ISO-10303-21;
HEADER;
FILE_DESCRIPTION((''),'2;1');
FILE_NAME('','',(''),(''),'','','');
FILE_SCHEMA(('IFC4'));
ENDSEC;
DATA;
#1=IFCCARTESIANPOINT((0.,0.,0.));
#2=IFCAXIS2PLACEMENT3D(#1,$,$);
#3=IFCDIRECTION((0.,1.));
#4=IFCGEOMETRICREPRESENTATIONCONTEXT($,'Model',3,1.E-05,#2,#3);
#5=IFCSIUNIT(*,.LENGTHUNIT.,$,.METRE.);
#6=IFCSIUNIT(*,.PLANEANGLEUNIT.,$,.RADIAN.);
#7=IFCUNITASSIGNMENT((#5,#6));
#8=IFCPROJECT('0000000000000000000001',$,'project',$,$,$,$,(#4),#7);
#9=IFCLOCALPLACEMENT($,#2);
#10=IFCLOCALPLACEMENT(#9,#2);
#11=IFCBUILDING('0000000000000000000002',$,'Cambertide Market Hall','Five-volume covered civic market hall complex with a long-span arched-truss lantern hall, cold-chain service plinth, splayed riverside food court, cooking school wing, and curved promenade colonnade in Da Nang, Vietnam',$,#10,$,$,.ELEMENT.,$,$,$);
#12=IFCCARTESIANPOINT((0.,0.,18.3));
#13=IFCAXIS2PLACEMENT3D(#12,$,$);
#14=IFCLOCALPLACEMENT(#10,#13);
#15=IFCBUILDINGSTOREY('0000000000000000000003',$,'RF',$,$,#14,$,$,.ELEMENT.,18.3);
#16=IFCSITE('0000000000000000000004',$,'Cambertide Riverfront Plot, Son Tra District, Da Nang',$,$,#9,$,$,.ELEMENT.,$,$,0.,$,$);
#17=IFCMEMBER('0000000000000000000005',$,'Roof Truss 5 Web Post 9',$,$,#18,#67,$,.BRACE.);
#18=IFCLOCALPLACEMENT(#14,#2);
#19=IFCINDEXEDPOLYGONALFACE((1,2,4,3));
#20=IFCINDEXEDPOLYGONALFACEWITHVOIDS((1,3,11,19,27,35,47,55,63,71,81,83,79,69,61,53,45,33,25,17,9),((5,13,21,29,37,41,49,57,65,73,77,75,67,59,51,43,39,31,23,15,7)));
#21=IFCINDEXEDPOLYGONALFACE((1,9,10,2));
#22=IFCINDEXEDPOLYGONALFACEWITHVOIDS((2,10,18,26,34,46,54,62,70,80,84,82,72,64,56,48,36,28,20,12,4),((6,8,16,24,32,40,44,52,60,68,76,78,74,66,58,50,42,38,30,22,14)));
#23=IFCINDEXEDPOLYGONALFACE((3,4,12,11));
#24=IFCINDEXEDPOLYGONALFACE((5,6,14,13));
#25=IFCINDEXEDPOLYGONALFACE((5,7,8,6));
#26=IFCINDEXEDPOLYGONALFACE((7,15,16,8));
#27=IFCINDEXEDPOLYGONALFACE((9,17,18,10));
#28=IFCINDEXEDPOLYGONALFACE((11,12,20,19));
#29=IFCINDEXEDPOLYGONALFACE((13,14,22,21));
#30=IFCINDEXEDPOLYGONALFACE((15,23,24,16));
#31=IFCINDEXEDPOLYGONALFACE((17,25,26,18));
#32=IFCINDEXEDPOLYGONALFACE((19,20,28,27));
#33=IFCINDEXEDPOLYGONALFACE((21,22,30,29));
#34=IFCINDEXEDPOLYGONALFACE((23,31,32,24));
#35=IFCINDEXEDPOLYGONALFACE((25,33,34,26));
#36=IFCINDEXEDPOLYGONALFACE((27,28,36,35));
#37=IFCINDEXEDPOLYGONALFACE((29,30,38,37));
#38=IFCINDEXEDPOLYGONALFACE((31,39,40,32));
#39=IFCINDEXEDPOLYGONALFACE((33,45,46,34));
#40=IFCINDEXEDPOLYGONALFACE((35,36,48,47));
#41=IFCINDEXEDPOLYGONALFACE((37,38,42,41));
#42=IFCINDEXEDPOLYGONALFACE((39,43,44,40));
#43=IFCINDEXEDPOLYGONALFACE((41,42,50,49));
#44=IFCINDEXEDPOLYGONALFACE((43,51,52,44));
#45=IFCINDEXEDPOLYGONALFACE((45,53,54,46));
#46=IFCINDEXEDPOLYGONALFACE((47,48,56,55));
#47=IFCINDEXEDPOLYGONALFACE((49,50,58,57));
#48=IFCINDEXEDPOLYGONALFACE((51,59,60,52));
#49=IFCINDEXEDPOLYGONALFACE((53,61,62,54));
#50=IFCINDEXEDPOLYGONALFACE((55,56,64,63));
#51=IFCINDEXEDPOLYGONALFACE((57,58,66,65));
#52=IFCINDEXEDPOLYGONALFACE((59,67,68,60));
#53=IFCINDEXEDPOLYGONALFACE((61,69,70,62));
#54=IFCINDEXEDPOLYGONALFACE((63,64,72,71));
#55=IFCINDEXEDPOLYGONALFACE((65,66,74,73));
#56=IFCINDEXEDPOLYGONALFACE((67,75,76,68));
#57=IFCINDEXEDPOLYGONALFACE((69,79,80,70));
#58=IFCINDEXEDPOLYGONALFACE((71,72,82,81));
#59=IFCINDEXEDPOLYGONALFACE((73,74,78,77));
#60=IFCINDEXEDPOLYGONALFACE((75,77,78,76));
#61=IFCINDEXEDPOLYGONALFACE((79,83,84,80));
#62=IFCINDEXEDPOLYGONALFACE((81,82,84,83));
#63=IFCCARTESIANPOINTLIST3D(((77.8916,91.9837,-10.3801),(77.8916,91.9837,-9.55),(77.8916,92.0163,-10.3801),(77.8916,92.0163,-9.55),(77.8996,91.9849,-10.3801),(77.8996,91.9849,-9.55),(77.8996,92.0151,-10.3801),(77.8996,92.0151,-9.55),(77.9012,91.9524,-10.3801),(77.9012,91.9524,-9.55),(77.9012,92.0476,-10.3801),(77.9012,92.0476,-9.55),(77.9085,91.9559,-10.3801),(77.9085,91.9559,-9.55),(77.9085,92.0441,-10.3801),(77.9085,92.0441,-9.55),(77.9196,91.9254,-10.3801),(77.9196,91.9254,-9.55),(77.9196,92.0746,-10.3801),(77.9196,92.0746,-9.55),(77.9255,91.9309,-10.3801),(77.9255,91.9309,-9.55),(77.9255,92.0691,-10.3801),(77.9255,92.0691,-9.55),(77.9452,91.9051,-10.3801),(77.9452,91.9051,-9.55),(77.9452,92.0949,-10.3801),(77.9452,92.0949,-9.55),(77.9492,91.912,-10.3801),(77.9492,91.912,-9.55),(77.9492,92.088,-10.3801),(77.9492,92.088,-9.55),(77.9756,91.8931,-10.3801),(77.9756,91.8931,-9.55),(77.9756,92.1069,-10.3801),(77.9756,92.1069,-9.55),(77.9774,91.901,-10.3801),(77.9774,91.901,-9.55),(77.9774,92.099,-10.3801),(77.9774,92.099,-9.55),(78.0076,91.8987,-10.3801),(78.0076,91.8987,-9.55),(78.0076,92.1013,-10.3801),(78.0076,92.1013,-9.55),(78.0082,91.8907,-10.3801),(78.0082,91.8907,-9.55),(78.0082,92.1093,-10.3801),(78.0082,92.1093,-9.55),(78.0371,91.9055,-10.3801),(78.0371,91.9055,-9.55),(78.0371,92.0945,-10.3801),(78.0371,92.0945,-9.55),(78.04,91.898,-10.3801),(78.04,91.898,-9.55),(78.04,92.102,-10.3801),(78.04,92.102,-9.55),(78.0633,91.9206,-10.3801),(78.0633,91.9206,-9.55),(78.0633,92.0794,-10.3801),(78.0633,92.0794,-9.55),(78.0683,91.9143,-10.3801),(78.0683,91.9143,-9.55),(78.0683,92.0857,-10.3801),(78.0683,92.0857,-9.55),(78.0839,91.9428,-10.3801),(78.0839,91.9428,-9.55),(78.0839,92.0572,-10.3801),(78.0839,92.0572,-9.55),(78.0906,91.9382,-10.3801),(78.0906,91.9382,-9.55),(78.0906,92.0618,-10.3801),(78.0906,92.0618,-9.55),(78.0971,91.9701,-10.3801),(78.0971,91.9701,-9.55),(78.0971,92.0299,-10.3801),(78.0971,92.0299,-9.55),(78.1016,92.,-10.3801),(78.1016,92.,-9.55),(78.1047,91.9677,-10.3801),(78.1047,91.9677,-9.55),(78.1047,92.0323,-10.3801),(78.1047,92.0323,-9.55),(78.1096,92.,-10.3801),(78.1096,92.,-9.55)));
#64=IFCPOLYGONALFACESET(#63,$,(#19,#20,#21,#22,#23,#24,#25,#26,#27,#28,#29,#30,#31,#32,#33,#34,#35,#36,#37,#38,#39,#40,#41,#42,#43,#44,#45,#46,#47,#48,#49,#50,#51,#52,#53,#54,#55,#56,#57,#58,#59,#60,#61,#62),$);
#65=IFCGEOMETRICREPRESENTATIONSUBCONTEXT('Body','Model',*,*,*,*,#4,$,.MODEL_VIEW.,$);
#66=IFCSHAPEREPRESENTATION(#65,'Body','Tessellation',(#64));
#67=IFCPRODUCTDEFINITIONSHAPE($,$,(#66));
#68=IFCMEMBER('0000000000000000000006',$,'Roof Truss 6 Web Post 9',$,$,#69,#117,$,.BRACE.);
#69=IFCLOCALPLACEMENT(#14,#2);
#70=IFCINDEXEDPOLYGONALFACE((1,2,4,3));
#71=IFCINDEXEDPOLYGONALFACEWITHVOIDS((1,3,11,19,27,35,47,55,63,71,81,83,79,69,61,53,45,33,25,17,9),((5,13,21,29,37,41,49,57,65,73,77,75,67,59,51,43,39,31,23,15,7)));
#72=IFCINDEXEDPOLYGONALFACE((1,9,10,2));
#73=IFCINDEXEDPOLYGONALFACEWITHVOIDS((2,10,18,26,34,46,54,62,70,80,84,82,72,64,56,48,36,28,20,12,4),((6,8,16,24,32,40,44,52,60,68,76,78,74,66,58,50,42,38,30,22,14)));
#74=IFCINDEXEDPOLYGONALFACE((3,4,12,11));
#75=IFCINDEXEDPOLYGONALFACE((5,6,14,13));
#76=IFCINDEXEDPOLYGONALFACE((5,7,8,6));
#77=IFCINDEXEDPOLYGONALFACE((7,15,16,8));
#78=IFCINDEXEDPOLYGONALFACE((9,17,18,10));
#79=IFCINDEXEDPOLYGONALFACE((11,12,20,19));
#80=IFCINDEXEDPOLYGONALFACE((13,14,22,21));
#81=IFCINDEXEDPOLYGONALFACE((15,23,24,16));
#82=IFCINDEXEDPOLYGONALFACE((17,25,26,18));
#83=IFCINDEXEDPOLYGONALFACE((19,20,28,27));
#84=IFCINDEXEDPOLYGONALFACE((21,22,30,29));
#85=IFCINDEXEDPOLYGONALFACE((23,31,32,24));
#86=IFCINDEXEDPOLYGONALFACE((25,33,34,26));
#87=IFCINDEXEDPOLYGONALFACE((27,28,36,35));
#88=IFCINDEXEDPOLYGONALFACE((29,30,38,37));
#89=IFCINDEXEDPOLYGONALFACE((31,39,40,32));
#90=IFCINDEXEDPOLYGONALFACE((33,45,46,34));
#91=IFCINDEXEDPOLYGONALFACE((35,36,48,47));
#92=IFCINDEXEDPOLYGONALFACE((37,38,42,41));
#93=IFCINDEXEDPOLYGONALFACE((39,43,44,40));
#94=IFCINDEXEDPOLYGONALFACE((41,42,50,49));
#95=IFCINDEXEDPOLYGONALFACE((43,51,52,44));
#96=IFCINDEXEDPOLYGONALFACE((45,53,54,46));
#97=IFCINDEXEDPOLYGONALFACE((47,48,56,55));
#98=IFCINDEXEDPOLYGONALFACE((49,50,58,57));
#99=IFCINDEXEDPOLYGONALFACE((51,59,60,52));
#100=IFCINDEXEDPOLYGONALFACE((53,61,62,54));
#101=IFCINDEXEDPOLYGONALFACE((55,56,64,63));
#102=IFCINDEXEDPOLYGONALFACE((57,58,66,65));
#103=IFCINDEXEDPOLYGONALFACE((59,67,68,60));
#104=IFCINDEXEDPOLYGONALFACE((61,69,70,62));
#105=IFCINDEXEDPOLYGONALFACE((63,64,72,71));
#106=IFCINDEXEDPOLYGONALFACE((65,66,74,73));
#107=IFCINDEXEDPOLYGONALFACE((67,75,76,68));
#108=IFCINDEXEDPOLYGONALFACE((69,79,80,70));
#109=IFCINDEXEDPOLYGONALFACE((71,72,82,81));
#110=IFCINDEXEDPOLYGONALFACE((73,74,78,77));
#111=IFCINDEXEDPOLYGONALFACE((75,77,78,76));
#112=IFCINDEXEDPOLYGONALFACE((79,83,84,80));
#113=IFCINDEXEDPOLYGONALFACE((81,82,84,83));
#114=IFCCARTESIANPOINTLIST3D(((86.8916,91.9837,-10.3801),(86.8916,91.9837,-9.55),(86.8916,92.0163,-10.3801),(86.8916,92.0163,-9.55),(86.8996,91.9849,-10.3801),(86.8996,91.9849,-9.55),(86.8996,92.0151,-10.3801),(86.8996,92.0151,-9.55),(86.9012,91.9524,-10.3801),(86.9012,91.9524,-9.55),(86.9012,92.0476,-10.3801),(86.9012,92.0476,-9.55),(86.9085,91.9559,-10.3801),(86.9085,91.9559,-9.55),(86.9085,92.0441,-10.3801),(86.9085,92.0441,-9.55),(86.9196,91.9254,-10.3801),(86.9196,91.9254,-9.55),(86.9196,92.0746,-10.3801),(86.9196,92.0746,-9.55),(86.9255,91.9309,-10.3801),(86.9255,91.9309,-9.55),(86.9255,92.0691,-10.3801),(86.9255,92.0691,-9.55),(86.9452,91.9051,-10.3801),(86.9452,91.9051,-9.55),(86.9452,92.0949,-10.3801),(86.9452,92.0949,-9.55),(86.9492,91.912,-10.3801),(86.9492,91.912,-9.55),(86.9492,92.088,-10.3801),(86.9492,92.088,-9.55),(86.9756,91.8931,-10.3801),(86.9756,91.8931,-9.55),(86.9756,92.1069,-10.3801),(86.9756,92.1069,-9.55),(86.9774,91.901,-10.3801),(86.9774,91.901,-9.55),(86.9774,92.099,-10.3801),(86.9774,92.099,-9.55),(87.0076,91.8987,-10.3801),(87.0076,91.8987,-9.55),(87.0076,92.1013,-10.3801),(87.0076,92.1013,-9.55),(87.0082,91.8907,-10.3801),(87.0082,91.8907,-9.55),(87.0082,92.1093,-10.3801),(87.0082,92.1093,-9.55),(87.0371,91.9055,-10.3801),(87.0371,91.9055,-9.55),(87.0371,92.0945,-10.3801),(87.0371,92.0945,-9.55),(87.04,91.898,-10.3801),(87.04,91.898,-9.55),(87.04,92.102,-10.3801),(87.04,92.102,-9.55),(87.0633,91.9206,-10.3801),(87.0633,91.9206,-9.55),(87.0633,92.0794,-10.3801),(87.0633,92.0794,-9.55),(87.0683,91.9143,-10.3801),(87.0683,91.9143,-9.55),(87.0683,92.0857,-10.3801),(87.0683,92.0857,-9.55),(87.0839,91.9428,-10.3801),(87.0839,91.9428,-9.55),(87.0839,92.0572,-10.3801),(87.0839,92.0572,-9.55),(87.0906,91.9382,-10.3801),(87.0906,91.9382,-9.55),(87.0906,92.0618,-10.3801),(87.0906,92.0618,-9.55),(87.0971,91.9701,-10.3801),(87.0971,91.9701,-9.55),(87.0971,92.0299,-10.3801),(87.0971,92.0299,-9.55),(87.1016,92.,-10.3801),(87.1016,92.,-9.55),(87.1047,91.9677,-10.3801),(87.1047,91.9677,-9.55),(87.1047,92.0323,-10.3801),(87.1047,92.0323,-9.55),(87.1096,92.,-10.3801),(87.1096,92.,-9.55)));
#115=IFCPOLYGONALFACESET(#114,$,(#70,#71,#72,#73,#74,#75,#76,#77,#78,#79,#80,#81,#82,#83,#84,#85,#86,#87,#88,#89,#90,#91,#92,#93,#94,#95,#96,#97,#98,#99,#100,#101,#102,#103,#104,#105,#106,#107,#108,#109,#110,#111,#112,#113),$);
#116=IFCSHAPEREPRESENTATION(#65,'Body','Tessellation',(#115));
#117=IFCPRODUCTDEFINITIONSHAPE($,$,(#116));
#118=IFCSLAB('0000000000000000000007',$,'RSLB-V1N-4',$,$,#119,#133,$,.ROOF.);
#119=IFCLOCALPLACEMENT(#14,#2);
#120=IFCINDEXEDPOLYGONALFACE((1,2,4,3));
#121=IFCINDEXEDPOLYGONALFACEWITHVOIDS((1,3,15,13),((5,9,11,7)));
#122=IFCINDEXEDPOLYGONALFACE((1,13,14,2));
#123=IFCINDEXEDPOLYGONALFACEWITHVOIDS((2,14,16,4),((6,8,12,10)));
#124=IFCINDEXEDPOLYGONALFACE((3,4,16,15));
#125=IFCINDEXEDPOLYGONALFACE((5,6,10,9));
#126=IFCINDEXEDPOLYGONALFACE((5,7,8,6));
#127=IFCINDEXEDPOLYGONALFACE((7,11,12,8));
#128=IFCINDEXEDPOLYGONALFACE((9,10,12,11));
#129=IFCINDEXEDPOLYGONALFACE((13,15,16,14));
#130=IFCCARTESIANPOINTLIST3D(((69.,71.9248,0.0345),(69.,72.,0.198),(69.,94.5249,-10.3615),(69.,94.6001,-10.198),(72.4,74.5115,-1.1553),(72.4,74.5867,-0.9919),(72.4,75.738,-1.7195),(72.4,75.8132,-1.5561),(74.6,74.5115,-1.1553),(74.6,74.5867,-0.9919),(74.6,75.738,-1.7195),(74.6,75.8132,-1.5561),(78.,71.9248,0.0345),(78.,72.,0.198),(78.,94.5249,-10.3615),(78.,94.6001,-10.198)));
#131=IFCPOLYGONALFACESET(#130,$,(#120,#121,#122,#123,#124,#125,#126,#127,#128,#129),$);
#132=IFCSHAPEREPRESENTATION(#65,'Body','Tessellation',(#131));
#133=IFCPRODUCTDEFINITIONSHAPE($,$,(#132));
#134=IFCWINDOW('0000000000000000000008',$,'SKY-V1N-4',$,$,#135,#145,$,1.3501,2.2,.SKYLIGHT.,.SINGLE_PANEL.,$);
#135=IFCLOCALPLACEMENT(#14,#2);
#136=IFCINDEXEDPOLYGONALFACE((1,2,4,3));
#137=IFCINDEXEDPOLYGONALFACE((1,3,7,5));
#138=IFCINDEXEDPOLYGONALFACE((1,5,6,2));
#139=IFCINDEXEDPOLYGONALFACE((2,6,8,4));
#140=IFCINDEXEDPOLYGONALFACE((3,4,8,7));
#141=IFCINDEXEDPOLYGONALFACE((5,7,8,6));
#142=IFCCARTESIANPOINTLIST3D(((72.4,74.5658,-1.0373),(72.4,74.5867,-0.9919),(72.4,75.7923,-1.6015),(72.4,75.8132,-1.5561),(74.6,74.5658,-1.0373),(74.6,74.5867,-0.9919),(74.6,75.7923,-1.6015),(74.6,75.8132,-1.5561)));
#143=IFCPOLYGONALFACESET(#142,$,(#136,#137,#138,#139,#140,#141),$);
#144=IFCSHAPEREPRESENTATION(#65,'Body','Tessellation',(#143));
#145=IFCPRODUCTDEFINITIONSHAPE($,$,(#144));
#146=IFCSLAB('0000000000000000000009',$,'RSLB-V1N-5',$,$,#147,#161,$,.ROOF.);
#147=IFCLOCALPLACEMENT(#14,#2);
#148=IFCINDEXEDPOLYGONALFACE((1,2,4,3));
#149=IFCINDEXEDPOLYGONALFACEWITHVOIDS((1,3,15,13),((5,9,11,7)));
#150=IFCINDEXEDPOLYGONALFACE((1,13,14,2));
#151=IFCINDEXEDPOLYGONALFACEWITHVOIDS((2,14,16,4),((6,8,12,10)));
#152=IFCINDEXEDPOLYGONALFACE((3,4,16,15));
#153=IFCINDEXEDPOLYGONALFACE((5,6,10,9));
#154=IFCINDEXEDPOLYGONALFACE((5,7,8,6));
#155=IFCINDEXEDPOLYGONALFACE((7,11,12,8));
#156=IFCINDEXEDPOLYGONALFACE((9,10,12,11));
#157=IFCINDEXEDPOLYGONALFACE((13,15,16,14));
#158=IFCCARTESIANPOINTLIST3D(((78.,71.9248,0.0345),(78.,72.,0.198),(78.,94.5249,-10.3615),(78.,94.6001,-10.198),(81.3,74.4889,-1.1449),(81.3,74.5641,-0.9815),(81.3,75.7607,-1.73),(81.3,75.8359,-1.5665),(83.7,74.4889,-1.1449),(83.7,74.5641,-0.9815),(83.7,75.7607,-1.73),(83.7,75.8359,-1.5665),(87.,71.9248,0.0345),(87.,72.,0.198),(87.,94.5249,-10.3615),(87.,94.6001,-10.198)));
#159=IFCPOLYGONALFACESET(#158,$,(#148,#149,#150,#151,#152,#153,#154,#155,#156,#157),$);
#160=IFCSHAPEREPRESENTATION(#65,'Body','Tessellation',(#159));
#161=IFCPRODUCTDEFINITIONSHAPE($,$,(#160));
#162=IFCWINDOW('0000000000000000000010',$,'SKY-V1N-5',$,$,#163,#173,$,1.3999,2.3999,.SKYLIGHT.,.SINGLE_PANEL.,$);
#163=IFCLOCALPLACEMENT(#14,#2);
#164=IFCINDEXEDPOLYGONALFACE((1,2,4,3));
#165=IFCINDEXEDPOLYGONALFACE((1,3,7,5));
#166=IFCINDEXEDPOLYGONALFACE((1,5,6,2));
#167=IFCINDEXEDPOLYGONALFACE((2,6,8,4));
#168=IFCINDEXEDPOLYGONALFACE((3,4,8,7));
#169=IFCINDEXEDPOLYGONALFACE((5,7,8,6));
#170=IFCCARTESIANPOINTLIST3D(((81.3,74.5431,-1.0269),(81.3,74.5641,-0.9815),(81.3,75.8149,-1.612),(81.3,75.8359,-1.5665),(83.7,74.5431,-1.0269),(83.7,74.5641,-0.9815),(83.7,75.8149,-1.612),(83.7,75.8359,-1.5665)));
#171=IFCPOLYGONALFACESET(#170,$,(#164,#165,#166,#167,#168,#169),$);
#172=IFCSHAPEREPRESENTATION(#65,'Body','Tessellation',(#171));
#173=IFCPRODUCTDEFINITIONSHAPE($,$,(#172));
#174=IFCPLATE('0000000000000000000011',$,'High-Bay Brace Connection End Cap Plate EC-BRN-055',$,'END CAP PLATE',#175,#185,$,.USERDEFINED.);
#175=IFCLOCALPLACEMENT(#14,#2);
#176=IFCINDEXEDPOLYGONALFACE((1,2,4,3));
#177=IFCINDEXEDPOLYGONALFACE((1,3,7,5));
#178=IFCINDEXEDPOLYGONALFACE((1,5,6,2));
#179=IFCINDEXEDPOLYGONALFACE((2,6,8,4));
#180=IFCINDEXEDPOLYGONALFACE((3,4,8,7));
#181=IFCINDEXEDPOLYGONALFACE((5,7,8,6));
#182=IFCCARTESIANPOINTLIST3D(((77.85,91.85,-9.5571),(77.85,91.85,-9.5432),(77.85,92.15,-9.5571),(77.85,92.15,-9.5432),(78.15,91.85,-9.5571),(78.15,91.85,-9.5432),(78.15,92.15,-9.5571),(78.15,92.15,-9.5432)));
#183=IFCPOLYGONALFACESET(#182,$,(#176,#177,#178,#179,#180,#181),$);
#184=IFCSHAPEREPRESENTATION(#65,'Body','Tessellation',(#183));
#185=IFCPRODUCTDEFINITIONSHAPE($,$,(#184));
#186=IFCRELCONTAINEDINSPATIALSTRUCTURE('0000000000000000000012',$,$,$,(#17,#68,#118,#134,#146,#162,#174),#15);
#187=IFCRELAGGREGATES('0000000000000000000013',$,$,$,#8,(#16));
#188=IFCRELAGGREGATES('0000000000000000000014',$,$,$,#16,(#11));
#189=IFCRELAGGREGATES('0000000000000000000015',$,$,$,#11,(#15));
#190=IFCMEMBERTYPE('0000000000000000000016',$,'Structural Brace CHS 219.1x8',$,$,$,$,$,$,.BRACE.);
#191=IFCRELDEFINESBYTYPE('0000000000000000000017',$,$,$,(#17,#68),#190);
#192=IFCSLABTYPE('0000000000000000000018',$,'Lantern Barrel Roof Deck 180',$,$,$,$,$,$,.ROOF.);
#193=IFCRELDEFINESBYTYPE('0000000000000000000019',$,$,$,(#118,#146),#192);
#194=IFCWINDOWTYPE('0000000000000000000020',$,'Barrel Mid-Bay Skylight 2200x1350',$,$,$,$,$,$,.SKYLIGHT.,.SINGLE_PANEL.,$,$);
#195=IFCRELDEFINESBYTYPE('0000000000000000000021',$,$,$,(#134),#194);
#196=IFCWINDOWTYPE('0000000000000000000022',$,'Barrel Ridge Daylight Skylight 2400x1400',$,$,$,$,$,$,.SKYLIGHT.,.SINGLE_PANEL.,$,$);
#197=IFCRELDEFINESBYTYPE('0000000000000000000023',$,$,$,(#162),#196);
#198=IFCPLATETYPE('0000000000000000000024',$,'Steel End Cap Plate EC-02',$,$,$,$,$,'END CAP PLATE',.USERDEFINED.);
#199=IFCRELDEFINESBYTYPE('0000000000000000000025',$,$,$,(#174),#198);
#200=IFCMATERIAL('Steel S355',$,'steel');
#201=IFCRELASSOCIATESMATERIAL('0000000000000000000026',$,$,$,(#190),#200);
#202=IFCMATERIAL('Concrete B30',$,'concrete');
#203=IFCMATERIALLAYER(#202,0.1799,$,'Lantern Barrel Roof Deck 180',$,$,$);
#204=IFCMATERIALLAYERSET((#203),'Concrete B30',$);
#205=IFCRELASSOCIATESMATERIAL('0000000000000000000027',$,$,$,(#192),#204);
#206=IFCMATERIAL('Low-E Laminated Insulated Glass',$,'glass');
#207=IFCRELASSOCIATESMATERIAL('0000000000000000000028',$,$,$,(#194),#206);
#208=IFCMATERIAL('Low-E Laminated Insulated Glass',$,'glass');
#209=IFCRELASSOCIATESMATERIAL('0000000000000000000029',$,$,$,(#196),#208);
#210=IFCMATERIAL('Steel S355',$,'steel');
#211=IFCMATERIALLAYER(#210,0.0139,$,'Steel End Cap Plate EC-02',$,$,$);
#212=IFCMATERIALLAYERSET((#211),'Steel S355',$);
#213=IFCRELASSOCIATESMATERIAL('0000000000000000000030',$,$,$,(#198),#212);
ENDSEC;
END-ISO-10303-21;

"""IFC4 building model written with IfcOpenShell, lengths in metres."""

from ifc_helpers import new_model, si_unit, direction, frame, origin, origin_2d, place, context, subcontext, project, spatial, polyline, rectangle, hollow_circle, outline, extrude, material, layer, layer_set, material_profile, profile_set, type_object, element, fill, save


model = new_model("IFC4")

# Units and contexts
model_context = context("Model", 3, precision=1e-05, world=origin(), true_north=direction((0.0, 1.0)))
body_context = subcontext(model_context, "Body", "Model", "MODEL_VIEW")
ifc_project = project(units=[si_unit("LENGTHUNIT", "METRE"), si_unit("PLANEANGLEUNIT", "RADIAN")], contexts=[model_context])

# Site, building, storey
site_placement = place(None, origin())
site = spatial("IfcSite", under=ifc_project, at=site_placement, Name="Cambertide Riverfront Plot, Son Tra District, Da Nang", CompositionType="ELEMENT", RefElevation=0.0)
building_placement = place(site_placement, origin())
building = spatial("IfcBuilding", under=site, at=building_placement, Name="Cambertide Market Hall", Description="Five-volume covered civic market hall complex with a long-span arched-truss lantern hall, cold-chain service plinth, splayed riverside food court, cooking school wing, and curved promenade colonnade in Da Nang, Vietnam", CompositionType="ELEMENT")
storey_placement = place(building_placement, frame((0.0, 0.0, 18.3)))
storey = spatial("IfcBuildingStorey", under=building, at=storey_placement, Name="RF", CompositionType="ELEMENT", Elevation=18.3)

# Members
ifc_material_1 = material(Name="Steel S355", Category="steel")
ifc_material_profile_1 = material_profile(ifc_material_1, hollow_circle(Radius=0.1096, WallThickness=0.0081, at=origin_2d()), Name="CHS 219.1x8")
ifc_profile_set_1 = profile_set([ifc_material_profile_1], Name="Steel S355")
member_type_1 = type_object("IfcMemberType", Name="Structural Brace CHS 219.1x8", PredefinedType="BRACE", material=ifc_profile_set_1)
for number, where, z_axis, x_axis, name in (
    (1, (78.0, 92.0, -10.3801), (0.0, 0.0, 1.0), (1.0, 0.0, 0.0), "Roof Truss 5 Web Post 9"),
    (2, (87.0, 92.0, -10.3801), (0.0, 0.0, 1.0), (1.0, 0.0, 0.0), "Roof Truss 6 Web Post 9"),
):
    element("IfcMember", number, at=place(storey_placement, frame(where, z_axis=z_axis, x_axis=x_axis)), inside=storey, type_object=member_type_1, Name=name, PredefinedType="BRACE", context=body_context, shape_type="SweptSolid", body=[
        extrude(hollow_circle(Radius=0.1096, WallThickness=0.0081, at=origin_2d()), origin(), (0.0, 0.0, 1.0), 0.8301),
    ])

# Slabs, openings, windows
ifc_material_2 = material(Name="Concrete B30", Category="concrete")
ifc_layer_1 = layer(ifc_material_2, 0.1799, Name="Lantern Barrel Roof Deck 180")
ifc_layer_set_1 = layer_set([ifc_layer_1], Name="Concrete B30")
slab_type = type_object("IfcSlabType", Name="Lantern Barrel Roof Deck 180", PredefinedType="ROOF", material=ifc_layer_set_1)
slab_1_placement = place(storey_placement, frame((78.0, 94.6001, -10.198), z_axis=(0.0, 0.417904, 0.908491), x_axis=(-1.0, 0.0, 0.0)))
slab_1 = element("IfcSlab", 3, at=slab_1_placement, inside=storey, type_object=slab_type, Name="RSLB-V1N-4", PredefinedType="ROOF", context=body_context, shape_type="SweptSolid", body=[
    extrude(outline(polyline([(0.0, 0.0), (9.0, 0.0), (9.0, 24.8765), (0.0, 24.8765), (0.0, 0.0)])), origin(), (0.0, 0.0, -1.0), 0.1799),
])
opening_1_placement = place(slab_1_placement, frame((4.5, 21.3542, 0.01), z_axis=(0.0, 0.0, 1.0), x_axis=(1.0, 0.0, 0.0)))
opening_1 = element("IfcOpeningElement", 4, at=opening_1_placement, cuts=slab_1, PredefinedType="OPENING", context=body_context, shape_type="SweptSolid", body=[
    extrude(rectangle(XDim=2.2, YDim=1.3501, at=origin_2d()), origin(), (0.0, 0.0, -1.0), 0.2),
])
ifc_material_3 = material(Name="Low-E Laminated Insulated Glass", Category="glass")
window_type_1 = type_object("IfcWindowType", Name="Barrel Mid-Bay Skylight 2200x1350", PartitioningType="SINGLE_PANEL", PredefinedType="SKYLIGHT", material=ifc_material_3)
window_1_placement = place(slab_1_placement, frame((4.5, 21.3542, 0.0), z_axis=(0.0, 0.0, 1.0), x_axis=(1.0, 0.0, 0.0)))
window_1 = element("IfcWindow", 5, at=window_1_placement, inside=storey, type_object=window_type_1, Name="SKY-V1N-4", OverallHeight=1.3501, OverallWidth=2.2, PartitioningType="SINGLE_PANEL", PredefinedType="SKYLIGHT", context=body_context, shape_type="SweptSolid", body=[
    extrude(rectangle(XDim=2.2, YDim=1.3501, at=origin_2d()), origin(), (0.0, 0.0, -1.0), 0.05),
])
fill(opening_1, window_1)
slab_2_placement = place(storey_placement, frame((87.0, 94.6001, -10.198), z_axis=(0.0, 0.417904, 0.908491), x_axis=(-1.0, 0.0, 0.0)))
slab_2 = element("IfcSlab", 6, at=slab_2_placement, inside=storey, type_object=slab_type, Name="RSLB-V1N-5", PredefinedType="ROOF", context=body_context, shape_type="SweptSolid", body=[
    extrude(outline(polyline([(0.0, 0.0), (9.0, 0.0), (9.0, 24.8765), (0.0, 24.8765), (0.0, 0.0)])), origin(), (0.0, 0.0, -1.0), 0.1799),
])
opening_2_placement = place(slab_2_placement, frame((4.5, 21.3542, 0.01), z_axis=(0.0, 0.0, 1.0), x_axis=(1.0, 0.0, 0.0)))
opening_2 = element("IfcOpeningElement", 7, at=opening_2_placement, cuts=slab_2, PredefinedType="OPENING", context=body_context, shape_type="SweptSolid", body=[
    extrude(rectangle(XDim=2.3999, YDim=1.3999, at=origin_2d()), origin(), (0.0, 0.0, -1.0), 0.2),
])
ifc_material_4 = material(Name="Low-E Laminated Insulated Glass", Category="glass")
window_type_2 = type_object("IfcWindowType", Name="Barrel Ridge Daylight Skylight 2400x1400", PartitioningType="SINGLE_PANEL", PredefinedType="SKYLIGHT", material=ifc_material_4)
window_2_placement = place(slab_2_placement, frame((4.5, 21.3542, 0.0), z_axis=(0.0, 0.0, 1.0), x_axis=(1.0, 0.0, 0.0)))
window_2 = element("IfcWindow", 8, at=window_2_placement, inside=storey, type_object=window_type_2, Name="SKY-V1N-5", OverallHeight=1.3999, OverallWidth=2.3999, PartitioningType="SINGLE_PANEL", PredefinedType="SKYLIGHT", context=body_context, shape_type="SweptSolid", body=[
    extrude(rectangle(XDim=2.3999, YDim=1.3999, at=origin_2d()), origin(), (0.0, 0.0, -1.0), 0.05),
])
fill(opening_2, window_2)

# Plate
ifc_material_5 = material(Name="Steel S355", Category="steel")
ifc_layer_2 = layer(ifc_material_5, 0.0139, Name="Steel End Cap Plate EC-02")
ifc_layer_set_2 = layer_set([ifc_layer_2], Name="Steel S355")
plate_type_1 = type_object("IfcPlateType", Name="Steel End Cap Plate EC-02", ElementType="END CAP PLATE", PredefinedType="USERDEFINED", material=ifc_layer_set_2)
plate_1_placement = place(storey_placement, frame((78.0, 92.0, -9.5571), z_axis=(0.0, 0.0, 1.0), x_axis=(1.0, 0.0, 0.0)))
element("IfcPlate", 9, at=plate_1_placement, inside=storey, type_object=plate_type_1, Name="High-Bay Brace Connection End Cap Plate EC-BRN-055", ObjectType="END CAP PLATE", PredefinedType="USERDEFINED", context=body_context, shape_type="SweptSolid", body=[
    extrude(rectangle(XDim=0.3, YDim=0.3, at=origin_2d()), origin(), (0.0, 0.0, 1.0), 0.0139),
])

save(model, "model.ifc")
